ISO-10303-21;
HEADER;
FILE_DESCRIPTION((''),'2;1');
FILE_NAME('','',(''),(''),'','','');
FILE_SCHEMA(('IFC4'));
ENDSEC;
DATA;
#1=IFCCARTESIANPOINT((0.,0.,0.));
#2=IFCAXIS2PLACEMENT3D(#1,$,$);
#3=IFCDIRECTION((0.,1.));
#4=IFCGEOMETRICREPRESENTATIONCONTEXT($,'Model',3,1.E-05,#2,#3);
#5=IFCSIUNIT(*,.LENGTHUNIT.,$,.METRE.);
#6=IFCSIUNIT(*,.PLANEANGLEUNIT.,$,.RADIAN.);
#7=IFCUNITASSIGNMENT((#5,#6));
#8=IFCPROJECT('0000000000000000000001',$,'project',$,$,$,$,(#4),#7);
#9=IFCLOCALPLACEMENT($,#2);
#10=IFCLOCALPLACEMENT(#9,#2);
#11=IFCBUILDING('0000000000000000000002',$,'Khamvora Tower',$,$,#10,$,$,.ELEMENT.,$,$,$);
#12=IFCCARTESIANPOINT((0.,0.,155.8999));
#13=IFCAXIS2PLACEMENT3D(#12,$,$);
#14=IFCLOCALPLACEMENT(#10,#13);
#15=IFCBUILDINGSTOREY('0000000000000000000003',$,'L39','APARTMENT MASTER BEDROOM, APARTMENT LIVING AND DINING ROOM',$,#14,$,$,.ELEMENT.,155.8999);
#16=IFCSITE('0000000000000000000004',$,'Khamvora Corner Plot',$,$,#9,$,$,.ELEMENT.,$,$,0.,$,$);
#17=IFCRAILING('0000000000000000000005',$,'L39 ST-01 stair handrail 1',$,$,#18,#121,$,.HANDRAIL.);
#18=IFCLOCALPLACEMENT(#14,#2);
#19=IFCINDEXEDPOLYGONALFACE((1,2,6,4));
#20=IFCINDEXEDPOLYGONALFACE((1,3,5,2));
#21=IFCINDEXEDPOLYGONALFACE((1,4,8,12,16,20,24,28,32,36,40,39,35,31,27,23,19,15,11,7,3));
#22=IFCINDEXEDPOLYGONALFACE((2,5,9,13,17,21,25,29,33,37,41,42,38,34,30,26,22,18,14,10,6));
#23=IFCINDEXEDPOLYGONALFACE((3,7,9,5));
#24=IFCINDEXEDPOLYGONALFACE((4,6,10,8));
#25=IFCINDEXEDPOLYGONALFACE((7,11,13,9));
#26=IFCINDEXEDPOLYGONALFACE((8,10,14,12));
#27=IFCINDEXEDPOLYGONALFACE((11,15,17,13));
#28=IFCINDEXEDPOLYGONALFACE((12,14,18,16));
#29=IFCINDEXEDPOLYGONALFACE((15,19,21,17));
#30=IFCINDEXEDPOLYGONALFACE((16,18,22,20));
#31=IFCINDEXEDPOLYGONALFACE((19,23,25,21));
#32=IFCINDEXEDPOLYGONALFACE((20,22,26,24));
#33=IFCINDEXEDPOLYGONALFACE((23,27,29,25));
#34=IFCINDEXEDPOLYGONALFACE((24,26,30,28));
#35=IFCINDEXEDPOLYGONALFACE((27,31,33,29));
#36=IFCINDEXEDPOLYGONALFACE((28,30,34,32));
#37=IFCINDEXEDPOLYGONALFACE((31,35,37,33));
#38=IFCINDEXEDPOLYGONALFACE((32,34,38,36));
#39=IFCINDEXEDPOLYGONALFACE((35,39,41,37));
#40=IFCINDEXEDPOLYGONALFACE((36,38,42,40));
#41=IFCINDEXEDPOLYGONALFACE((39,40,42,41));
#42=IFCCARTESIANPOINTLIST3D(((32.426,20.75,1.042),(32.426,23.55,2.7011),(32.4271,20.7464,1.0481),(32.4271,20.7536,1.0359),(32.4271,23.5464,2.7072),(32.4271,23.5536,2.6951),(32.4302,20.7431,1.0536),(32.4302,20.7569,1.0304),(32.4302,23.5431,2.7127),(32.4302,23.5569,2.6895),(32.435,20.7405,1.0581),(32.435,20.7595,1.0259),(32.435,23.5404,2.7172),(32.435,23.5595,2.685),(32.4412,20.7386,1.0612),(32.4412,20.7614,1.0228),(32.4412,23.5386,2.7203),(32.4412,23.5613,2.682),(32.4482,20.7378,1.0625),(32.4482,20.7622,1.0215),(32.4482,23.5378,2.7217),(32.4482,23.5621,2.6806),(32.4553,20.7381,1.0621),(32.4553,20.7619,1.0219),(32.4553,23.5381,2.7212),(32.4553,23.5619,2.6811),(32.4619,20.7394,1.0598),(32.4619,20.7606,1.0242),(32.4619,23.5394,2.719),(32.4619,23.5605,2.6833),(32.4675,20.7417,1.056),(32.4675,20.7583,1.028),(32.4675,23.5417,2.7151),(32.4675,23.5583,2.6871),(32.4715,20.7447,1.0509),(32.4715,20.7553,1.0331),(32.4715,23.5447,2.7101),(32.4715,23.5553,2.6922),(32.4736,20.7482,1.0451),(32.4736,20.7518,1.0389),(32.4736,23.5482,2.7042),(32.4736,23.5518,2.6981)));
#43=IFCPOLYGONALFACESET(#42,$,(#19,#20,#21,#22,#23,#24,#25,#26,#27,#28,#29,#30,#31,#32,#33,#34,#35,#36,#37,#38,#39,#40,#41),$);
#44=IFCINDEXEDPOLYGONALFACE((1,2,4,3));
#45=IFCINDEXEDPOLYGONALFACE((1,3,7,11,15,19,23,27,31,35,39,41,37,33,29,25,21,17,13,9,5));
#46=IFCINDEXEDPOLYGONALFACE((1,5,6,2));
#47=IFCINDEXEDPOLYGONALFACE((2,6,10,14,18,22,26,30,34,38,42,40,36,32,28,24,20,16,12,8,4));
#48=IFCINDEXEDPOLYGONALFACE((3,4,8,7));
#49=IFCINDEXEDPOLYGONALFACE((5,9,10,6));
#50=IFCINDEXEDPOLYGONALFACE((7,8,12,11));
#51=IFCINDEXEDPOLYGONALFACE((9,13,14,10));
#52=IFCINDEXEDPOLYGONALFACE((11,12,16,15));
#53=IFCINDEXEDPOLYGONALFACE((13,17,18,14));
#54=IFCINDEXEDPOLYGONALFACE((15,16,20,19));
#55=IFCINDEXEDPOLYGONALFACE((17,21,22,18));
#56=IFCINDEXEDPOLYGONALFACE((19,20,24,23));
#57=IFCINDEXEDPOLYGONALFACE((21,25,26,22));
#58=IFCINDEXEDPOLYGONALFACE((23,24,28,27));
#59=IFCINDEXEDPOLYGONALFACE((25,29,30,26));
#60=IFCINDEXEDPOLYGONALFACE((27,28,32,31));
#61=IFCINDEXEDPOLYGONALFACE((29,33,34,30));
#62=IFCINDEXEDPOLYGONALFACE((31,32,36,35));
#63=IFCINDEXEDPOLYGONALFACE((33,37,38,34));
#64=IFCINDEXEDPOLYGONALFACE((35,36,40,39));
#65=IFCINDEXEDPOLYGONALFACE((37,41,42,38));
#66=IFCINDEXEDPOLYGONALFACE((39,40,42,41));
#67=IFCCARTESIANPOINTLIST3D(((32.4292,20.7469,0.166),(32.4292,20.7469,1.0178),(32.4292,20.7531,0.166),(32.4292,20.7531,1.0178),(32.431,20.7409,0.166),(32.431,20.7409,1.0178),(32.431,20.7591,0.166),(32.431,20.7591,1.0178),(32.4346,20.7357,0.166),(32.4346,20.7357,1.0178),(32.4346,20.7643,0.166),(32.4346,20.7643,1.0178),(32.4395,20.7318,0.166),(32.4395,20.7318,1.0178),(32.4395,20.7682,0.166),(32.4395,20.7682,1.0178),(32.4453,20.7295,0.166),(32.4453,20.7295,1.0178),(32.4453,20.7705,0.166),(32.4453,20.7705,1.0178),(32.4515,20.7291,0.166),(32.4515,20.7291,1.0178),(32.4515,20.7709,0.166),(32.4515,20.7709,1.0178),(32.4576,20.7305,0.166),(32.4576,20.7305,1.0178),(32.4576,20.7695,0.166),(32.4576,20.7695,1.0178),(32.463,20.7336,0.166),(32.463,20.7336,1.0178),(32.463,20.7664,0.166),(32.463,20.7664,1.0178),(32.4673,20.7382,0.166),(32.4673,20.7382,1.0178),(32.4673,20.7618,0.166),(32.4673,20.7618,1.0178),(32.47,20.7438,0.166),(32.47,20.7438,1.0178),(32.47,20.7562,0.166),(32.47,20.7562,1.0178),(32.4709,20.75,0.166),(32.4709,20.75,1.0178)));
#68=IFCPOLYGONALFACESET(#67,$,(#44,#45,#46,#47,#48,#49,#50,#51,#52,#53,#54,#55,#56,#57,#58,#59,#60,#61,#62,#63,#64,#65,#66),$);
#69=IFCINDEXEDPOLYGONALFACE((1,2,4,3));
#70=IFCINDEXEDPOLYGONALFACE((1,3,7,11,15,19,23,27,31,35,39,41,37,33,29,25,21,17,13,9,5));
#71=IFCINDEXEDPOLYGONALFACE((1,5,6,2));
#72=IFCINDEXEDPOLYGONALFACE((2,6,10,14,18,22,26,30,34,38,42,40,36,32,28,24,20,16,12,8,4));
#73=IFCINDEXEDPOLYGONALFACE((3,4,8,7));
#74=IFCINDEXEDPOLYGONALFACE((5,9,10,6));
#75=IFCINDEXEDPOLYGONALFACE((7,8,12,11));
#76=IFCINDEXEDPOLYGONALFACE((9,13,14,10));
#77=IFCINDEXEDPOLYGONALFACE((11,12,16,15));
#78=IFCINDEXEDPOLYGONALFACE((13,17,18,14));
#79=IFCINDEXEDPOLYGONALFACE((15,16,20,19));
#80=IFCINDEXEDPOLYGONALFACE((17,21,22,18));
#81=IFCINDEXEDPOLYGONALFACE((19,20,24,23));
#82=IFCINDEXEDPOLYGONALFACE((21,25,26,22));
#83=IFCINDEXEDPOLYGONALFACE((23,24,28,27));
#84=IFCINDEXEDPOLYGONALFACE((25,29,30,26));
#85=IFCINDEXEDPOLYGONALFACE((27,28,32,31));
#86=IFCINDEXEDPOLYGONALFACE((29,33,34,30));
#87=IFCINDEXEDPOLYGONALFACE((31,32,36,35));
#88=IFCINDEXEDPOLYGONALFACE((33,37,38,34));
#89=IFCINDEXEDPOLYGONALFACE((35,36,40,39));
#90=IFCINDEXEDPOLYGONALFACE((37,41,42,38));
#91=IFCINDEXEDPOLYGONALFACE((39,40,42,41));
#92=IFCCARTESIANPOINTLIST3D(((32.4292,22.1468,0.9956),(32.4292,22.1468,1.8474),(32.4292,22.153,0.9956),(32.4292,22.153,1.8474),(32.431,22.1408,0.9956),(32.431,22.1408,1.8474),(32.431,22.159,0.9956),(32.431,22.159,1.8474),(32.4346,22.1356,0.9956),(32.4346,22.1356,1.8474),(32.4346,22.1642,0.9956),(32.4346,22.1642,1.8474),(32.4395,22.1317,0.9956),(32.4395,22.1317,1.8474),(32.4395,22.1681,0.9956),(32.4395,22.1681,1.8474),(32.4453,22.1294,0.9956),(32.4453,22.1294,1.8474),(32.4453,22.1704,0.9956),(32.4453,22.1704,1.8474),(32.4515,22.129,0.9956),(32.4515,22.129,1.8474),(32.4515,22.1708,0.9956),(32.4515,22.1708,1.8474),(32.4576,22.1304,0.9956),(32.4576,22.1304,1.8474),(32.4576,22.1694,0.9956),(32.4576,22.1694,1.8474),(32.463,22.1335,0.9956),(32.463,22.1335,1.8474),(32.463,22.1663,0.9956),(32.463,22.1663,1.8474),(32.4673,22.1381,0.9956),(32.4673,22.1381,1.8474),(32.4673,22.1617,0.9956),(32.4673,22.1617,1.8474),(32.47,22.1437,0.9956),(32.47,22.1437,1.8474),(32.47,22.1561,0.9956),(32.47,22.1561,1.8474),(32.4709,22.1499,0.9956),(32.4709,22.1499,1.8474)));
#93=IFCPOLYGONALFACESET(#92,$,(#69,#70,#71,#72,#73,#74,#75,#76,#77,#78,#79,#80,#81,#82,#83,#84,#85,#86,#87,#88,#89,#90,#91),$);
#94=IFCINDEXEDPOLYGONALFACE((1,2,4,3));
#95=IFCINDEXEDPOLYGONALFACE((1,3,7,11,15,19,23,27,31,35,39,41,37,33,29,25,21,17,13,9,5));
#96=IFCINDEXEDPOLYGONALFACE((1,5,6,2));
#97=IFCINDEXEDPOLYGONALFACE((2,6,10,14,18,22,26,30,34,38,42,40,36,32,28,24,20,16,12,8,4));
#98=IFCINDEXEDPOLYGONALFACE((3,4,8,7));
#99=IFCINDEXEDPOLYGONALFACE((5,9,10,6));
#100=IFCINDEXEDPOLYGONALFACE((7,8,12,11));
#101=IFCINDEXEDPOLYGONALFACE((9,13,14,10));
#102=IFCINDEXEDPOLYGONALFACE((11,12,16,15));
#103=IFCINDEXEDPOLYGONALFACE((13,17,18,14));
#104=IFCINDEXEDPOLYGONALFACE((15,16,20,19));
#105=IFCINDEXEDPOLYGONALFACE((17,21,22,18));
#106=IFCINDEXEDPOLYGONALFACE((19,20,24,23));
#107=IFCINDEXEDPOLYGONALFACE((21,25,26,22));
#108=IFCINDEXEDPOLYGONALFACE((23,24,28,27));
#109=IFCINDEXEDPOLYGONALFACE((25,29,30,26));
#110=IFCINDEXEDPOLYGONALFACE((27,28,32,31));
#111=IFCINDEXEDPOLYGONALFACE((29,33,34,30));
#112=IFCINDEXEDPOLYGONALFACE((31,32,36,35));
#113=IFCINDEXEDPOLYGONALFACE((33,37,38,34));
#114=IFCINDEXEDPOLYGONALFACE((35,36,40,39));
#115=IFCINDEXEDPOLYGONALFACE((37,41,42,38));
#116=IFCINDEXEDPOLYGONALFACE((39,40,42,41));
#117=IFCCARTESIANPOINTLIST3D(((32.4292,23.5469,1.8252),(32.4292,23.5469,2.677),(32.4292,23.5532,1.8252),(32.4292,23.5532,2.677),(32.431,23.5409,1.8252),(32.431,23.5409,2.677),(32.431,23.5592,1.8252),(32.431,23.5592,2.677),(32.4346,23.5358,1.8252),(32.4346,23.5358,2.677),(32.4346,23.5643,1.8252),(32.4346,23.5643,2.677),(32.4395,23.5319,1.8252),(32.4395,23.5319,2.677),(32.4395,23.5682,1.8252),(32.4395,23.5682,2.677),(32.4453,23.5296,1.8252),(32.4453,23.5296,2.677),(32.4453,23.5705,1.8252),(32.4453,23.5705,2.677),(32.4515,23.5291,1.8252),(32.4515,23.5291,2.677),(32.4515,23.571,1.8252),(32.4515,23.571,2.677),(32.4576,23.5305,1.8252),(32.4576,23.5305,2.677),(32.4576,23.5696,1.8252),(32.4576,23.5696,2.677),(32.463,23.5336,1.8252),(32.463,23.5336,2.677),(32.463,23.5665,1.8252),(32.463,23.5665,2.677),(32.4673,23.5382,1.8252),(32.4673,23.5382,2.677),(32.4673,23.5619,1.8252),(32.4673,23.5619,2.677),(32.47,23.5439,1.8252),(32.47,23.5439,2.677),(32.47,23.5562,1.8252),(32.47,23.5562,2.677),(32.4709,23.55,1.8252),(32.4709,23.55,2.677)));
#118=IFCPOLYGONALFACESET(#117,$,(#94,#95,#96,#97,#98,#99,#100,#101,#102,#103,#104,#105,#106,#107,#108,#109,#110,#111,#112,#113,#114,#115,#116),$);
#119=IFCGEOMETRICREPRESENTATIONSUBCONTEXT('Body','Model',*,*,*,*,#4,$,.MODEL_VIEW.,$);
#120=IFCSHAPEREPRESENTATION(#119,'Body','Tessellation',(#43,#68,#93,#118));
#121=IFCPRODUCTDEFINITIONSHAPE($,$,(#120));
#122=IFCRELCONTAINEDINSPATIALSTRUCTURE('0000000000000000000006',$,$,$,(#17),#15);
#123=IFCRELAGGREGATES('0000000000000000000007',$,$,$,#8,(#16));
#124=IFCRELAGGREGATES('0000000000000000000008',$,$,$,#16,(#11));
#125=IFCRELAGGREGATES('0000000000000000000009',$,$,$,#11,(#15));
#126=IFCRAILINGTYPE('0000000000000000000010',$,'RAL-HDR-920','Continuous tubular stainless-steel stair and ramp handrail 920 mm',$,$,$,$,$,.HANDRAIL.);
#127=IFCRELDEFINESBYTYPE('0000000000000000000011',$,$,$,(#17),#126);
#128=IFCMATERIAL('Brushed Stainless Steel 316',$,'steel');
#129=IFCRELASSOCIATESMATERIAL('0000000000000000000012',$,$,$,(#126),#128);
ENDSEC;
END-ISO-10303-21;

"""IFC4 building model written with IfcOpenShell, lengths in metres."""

from ifc_helpers import new_model, si_unit, direction, frame, origin, origin_2d, place, context, subcontext, project, spatial, circle, extrude, material, type_object, element, save


model = new_model("IFC4")

# Units and contexts
model_context = context("Model", 3, precision=1e-05, world=origin(), true_north=direction((0.0, 1.0)))
body_context = subcontext(model_context, "Body", "Model", "MODEL_VIEW")
ifc_project = project(units=[si_unit("LENGTHUNIT", "METRE"), si_unit("PLANEANGLEUNIT", "RADIAN")], contexts=[model_context])

# Site, building, storey
site_placement = place(None, origin())
site = spatial("IfcSite", under=ifc_project, at=site_placement, Name="Khamvora Corner Plot", CompositionType="ELEMENT", RefElevation=0.0)
building_placement = place(site_placement, origin())
building = spatial("IfcBuilding", under=site, at=building_placement, Name="Khamvora Tower", CompositionType="ELEMENT")
storey_placement = place(building_placement, frame((0.0, 0.0, 155.8999)))
storey = spatial("IfcBuildingStorey", under=building, at=storey_placement, Name="L39", Description="APARTMENT MASTER BEDROOM, APARTMENT LIVING AND DINING ROOM", CompositionType="ELEMENT", Elevation=155.8999)

# Railing
ifc_material_1 = material(Name="Brushed Stainless Steel 316", Category="steel")
railing_type_1 = type_object("IfcRailingType", Name="RAL-HDR-920", Description="Continuous tubular stainless-steel stair and ramp handrail 920 mm", PredefinedType="HANDRAIL", material=ifc_material_1)
railing_1_placement = place(storey_placement, frame((32.45, 20.75, 0.166)))
element("IfcRailing", 1, at=railing_1_placement, inside=storey, type_object=railing_type_1, Name="L39 ST-01 stair handrail 1", PredefinedType="HANDRAIL", context=body_context, shape_type="SweptSolid", body=[
    extrude(circle(Radius=0.0239, at=origin_2d()), frame((0.0, 0.0, 0.876), z_axis=(0.0, 0.860306, 0.509778), x_axis=(-1.0, 0.0, 0.0)), (0.0, 0.0, 1.0), 3.2546),
    extrude(circle(Radius=0.021, at=origin_2d()), origin(), (0.0, 0.0, 1.0), 0.8518),
    extrude(circle(Radius=0.021, at=origin_2d()), frame((0.0, 1.3999, 0.8296)), (0.0, 0.0, 1.0), 0.8518),
    extrude(circle(Radius=0.021, at=origin_2d()), frame((0.0, 2.8, 1.6592)), (0.0, 0.0, 1.0), 0.8518),
])

save(model, "model.ifc")
